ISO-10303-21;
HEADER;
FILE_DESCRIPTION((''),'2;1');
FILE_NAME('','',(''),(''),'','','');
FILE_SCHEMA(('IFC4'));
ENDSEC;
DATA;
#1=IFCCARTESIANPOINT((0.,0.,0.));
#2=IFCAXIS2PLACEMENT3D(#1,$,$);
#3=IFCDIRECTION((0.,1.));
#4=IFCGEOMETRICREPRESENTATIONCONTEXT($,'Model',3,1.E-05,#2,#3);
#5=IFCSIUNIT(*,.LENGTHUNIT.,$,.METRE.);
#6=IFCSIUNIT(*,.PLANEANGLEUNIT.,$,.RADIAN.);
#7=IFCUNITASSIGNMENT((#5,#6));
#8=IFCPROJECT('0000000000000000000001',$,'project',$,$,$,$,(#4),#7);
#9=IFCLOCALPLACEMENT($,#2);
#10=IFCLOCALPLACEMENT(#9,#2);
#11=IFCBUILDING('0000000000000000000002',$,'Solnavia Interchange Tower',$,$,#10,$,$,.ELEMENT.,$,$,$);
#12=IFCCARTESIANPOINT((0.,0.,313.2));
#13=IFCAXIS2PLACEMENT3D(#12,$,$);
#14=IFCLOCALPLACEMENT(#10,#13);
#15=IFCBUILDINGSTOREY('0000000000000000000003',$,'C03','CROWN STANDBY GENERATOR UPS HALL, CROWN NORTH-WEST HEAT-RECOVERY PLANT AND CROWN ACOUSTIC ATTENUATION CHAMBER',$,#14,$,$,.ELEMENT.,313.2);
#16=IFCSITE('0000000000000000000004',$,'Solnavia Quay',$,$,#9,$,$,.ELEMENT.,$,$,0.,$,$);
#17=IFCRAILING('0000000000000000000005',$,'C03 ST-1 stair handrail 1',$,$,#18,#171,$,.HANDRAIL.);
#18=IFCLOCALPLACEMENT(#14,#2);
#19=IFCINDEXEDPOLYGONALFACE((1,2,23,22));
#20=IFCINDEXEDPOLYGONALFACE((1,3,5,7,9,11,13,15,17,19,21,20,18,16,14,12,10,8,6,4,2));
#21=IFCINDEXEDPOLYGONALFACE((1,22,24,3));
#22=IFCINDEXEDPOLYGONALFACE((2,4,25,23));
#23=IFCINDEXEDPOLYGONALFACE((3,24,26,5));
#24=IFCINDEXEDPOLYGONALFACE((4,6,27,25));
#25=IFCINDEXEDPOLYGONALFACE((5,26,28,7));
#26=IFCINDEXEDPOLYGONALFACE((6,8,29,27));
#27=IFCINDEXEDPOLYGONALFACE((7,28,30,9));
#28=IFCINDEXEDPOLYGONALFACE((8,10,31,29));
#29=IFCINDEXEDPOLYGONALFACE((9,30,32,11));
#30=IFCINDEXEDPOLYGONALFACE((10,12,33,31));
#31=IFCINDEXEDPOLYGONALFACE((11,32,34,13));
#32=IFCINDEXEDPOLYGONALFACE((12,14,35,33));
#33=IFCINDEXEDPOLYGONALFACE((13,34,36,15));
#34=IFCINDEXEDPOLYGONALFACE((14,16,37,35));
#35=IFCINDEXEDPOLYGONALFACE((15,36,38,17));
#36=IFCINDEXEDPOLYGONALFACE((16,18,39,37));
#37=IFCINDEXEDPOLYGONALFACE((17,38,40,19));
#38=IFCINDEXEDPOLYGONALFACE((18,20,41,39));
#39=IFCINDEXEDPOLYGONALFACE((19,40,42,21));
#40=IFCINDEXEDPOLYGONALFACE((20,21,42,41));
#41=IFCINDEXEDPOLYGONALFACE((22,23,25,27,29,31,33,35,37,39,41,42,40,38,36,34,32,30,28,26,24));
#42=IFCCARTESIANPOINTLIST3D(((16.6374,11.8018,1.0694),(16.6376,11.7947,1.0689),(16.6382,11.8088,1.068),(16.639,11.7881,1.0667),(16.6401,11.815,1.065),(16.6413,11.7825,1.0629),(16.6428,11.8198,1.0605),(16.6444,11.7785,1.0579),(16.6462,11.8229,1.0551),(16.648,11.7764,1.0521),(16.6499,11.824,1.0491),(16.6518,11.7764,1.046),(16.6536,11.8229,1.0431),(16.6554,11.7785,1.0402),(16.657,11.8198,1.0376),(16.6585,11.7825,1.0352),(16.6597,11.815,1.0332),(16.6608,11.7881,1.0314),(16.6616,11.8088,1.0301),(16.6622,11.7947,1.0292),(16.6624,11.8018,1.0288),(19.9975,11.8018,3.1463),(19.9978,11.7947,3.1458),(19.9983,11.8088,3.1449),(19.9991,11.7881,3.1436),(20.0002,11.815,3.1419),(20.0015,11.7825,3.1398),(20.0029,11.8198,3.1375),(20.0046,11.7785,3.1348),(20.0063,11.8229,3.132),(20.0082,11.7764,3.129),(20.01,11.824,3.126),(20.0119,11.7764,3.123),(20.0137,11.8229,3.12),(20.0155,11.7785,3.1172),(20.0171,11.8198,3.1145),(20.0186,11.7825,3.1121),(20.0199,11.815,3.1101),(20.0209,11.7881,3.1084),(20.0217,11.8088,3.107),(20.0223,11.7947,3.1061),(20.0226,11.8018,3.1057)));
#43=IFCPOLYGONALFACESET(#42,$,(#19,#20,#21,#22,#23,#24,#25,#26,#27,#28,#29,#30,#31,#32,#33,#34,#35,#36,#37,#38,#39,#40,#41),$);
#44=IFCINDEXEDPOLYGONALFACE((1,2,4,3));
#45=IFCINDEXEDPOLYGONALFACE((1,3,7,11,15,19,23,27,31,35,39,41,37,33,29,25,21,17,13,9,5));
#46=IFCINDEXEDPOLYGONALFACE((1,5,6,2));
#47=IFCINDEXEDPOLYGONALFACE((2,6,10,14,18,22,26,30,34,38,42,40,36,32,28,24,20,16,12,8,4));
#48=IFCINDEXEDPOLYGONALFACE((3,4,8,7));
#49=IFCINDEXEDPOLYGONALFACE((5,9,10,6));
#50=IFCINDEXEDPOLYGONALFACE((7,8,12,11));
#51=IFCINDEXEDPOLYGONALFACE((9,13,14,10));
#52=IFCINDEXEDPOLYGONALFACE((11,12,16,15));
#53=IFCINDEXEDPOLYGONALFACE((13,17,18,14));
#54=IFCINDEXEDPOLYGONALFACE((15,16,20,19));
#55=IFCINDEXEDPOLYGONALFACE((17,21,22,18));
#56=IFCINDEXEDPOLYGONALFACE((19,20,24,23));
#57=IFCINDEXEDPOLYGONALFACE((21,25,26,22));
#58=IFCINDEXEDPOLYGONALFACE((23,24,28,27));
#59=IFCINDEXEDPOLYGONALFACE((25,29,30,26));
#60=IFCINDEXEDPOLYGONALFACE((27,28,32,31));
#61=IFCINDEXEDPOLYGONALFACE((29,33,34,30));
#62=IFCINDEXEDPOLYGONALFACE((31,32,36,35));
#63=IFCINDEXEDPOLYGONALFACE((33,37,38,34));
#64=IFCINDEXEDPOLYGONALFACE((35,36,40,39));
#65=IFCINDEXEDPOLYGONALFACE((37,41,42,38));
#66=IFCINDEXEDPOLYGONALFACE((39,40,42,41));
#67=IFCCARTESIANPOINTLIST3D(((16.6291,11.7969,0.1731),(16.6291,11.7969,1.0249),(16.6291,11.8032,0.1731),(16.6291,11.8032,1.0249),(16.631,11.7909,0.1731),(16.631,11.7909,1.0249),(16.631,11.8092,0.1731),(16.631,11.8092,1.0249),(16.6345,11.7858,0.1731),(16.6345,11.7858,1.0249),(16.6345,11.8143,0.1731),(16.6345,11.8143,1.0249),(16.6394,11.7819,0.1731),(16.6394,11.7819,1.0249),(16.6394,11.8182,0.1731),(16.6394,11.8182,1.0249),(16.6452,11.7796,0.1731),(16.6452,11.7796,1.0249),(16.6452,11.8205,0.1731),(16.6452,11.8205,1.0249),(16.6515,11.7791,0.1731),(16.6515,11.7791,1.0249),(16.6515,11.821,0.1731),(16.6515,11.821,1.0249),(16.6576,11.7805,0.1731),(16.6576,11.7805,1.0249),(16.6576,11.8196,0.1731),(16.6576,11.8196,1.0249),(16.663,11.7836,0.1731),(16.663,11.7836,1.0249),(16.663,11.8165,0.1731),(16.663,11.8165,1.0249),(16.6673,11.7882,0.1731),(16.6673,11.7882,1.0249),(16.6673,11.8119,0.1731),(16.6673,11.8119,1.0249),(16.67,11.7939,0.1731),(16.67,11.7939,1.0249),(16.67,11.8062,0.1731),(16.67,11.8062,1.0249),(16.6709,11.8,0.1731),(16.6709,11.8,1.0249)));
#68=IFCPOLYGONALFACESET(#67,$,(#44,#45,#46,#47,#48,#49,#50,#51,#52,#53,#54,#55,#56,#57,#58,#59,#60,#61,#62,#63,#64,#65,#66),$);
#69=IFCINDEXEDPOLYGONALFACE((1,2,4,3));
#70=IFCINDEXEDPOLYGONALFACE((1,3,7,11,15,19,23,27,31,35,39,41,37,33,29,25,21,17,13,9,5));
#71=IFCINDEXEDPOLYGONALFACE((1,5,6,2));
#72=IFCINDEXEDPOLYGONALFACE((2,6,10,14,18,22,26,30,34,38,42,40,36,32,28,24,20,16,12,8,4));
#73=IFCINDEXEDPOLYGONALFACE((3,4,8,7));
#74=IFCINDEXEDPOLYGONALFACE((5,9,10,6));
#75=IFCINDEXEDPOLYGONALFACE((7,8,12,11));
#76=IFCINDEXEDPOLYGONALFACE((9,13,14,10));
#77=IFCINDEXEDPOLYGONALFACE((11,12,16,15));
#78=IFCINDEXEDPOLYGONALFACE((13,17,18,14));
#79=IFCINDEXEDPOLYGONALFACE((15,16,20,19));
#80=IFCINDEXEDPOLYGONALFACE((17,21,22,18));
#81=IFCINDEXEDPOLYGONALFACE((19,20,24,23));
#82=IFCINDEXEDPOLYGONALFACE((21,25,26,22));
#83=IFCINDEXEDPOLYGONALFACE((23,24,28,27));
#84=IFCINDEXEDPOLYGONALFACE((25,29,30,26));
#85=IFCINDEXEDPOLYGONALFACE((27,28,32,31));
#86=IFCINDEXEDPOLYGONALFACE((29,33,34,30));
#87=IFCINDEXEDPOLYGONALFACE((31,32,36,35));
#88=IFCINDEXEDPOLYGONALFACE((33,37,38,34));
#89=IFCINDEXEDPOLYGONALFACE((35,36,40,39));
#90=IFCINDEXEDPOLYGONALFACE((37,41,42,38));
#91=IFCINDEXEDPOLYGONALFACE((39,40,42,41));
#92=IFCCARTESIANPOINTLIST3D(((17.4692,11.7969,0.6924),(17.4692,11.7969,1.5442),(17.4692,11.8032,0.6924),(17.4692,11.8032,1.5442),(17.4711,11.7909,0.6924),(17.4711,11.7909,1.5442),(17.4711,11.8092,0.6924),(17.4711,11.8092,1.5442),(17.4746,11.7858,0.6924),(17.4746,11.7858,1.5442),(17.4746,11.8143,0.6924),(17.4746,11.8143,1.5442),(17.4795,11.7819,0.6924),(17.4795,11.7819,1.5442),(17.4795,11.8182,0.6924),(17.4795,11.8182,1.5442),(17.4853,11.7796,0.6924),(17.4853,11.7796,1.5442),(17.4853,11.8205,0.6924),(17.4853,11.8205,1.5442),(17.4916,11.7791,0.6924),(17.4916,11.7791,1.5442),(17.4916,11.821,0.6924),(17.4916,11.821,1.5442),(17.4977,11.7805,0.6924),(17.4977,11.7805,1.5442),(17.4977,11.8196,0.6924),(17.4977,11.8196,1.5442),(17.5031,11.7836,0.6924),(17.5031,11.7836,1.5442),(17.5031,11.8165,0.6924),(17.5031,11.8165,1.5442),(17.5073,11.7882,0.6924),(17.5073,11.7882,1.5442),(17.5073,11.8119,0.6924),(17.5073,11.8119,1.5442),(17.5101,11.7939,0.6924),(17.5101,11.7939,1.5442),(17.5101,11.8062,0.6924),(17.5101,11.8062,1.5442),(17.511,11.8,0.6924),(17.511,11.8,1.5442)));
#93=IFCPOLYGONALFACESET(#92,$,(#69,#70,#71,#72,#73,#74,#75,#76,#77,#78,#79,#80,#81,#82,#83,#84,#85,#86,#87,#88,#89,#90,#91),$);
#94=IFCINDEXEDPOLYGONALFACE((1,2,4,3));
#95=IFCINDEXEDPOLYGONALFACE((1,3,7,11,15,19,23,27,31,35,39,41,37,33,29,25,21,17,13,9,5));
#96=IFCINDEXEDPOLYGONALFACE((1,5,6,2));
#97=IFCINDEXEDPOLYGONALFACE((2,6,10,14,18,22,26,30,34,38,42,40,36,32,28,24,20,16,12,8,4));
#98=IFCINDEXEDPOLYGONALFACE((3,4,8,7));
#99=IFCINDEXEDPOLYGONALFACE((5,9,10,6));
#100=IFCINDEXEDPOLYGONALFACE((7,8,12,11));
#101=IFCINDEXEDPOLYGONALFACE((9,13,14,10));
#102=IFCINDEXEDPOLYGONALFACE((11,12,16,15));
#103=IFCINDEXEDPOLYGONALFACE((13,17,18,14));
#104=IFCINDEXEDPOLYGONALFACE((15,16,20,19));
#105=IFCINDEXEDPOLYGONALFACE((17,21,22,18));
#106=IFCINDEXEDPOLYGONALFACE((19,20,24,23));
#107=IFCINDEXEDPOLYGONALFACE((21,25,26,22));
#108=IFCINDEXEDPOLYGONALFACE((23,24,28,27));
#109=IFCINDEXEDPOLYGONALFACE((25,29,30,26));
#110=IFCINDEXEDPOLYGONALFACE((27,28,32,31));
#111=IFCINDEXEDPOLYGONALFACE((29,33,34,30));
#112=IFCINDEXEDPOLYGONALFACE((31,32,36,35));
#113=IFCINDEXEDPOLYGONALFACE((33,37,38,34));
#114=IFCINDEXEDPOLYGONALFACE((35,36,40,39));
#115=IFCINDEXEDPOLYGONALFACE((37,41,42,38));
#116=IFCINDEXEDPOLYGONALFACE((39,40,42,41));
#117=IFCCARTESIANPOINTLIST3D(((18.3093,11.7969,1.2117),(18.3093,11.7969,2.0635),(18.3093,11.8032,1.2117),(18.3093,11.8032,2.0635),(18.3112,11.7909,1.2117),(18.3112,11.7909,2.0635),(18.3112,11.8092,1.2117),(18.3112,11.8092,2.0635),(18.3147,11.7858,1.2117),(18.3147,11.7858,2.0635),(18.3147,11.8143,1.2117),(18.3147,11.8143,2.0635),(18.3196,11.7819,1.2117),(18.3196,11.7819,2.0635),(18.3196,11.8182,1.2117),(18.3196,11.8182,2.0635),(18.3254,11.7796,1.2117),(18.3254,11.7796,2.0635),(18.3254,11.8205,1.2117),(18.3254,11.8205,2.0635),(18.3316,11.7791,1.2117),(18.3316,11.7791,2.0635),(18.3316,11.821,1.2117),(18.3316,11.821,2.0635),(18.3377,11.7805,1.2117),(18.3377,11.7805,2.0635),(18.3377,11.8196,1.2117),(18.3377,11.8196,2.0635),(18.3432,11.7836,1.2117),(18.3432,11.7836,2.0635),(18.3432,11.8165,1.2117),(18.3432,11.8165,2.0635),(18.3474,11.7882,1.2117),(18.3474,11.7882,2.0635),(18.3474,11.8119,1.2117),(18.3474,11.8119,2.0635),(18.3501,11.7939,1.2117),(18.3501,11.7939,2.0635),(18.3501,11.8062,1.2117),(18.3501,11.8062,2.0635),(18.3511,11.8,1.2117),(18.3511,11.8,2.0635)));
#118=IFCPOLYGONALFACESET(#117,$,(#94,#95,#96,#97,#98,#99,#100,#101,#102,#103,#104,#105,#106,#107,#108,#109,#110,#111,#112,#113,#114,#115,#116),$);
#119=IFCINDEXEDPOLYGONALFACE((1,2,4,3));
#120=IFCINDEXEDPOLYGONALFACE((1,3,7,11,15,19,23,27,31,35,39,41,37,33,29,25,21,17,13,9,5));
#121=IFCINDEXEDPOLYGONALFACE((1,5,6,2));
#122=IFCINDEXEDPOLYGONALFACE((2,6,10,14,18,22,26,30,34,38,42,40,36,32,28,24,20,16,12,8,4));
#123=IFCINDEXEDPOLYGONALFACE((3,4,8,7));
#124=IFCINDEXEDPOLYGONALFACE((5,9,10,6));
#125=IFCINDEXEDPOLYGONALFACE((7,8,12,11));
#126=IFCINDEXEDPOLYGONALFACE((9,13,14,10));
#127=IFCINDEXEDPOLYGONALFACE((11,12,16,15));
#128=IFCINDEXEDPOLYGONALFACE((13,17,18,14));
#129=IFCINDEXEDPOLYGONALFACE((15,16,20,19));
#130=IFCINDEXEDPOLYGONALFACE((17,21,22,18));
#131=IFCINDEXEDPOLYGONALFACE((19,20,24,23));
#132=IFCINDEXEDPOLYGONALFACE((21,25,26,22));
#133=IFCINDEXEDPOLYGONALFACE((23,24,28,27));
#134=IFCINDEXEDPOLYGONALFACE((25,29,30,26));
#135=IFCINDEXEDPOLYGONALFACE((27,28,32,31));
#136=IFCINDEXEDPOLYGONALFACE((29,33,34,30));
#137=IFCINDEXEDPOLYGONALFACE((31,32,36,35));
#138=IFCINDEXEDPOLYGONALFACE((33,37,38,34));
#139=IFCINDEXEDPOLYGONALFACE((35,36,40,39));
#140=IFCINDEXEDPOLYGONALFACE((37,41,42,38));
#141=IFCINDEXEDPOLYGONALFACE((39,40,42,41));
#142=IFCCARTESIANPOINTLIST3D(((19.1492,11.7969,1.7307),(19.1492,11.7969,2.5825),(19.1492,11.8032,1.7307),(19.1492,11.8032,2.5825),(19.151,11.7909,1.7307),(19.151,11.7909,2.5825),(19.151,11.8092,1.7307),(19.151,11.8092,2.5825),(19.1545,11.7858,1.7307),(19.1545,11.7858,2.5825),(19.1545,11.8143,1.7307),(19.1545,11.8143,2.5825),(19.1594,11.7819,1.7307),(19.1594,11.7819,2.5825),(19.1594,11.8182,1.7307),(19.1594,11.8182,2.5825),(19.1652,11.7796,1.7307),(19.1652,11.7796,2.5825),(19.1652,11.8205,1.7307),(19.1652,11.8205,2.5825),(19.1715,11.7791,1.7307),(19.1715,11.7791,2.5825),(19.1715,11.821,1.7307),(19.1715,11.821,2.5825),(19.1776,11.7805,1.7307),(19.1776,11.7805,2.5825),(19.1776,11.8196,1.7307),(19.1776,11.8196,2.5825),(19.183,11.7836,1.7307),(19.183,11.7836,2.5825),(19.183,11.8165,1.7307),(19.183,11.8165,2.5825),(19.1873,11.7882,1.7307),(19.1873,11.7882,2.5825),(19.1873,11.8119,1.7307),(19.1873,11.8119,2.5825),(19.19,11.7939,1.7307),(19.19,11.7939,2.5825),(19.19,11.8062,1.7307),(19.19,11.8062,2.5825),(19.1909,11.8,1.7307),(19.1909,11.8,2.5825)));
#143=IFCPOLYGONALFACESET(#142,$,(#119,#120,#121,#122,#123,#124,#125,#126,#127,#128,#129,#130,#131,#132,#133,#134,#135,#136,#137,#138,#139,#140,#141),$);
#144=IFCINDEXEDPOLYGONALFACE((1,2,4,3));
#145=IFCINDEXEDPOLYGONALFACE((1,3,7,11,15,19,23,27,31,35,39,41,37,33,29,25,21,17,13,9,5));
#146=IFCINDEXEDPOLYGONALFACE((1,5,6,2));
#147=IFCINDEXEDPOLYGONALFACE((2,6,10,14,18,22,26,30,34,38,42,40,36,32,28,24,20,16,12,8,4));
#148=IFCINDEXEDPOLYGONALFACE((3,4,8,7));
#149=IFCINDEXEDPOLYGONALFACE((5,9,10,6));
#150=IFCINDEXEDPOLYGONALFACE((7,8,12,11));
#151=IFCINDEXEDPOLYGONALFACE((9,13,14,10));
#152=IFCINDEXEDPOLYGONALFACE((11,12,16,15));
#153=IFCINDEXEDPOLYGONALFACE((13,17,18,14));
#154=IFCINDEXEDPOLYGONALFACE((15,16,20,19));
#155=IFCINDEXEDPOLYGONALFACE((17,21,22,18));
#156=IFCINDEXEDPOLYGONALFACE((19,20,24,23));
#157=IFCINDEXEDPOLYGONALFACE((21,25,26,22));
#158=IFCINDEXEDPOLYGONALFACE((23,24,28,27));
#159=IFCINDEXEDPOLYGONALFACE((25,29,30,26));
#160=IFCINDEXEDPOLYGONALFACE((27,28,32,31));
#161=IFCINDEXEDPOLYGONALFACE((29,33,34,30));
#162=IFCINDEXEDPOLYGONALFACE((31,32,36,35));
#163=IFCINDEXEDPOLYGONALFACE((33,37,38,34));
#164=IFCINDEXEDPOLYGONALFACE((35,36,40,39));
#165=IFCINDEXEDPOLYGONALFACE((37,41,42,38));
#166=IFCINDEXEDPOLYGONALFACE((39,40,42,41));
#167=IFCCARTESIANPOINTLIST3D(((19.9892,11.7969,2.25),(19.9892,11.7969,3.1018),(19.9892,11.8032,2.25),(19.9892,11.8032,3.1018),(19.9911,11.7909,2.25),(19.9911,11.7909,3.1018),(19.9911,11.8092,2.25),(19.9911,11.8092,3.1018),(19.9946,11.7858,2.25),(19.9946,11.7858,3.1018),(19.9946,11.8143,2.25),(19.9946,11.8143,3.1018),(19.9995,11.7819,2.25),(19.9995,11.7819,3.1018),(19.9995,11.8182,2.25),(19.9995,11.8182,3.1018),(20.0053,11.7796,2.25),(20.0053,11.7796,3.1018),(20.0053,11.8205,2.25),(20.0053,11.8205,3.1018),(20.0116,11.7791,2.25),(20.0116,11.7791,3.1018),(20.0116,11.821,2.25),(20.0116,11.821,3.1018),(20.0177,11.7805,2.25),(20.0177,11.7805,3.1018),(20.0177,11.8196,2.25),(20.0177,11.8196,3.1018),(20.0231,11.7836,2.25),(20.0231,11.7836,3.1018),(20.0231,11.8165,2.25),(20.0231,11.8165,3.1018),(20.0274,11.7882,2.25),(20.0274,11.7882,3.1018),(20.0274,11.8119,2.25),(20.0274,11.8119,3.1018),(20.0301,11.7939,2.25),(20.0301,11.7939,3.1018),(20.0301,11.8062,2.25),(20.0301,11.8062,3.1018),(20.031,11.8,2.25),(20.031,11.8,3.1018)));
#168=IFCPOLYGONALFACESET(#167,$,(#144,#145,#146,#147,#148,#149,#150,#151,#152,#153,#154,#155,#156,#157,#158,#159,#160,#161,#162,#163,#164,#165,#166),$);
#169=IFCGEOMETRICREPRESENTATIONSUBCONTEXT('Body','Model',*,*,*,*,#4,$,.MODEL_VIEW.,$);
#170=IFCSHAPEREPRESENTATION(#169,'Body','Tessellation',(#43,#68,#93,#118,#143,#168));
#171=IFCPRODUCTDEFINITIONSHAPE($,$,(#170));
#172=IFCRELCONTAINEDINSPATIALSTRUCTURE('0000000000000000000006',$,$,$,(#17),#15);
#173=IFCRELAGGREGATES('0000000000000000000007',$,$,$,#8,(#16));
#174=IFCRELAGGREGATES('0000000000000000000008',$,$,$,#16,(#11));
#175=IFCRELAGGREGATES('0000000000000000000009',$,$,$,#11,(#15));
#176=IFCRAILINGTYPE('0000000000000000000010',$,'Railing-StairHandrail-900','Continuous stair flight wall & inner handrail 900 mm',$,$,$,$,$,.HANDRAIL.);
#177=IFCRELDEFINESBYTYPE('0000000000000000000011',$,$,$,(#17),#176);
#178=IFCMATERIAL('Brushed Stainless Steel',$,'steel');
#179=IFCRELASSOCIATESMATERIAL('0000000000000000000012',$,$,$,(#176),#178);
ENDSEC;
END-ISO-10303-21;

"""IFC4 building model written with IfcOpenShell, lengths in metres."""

from ifc_helpers import new_model, si_unit, direction, frame, origin, origin_2d, place, context, subcontext, project, spatial, circle, extrude, material, type_object, element, save


model = new_model("IFC4")

# Units and contexts
model_context = context("Model", 3, precision=1e-05, world=origin(), true_north=direction((0.0, 1.0)))
body_context = subcontext(model_context, "Body", "Model", "MODEL_VIEW")
ifc_project = project(units=[si_unit("LENGTHUNIT", "METRE"), si_unit("PLANEANGLEUNIT", "RADIAN")], contexts=[model_context])

# Site, building, storey
site_placement = place(None, origin())
site = spatial("IfcSite", under=ifc_project, at=site_placement, Name="Solnavia Quay", CompositionType="ELEMENT", RefElevation=0.0)
building_placement = place(site_placement, origin())
building = spatial("IfcBuilding", under=site, at=building_placement, Name="Solnavia Interchange Tower", CompositionType="ELEMENT")
storey_placement = place(building_placement, frame((0.0, 0.0, 313.2)))
storey = spatial("IfcBuildingStorey", under=building, at=storey_placement, Name="C03", Description="CROWN STANDBY GENERATOR UPS HALL, CROWN NORTH-WEST HEAT-RECOVERY PLANT AND CROWN ACOUSTIC ATTENUATION CHAMBER", CompositionType="ELEMENT", Elevation=313.2)

# Railing
ifc_material_1 = material(Name="Brushed Stainless Steel", Category="steel")
railing_type_1 = type_object("IfcRailingType", Name="Railing-StairHandrail-900", Description="Continuous stair flight wall & inner handrail 900 mm", PredefinedType="HANDRAIL", material=ifc_material_1)
railing_1_placement = place(storey_placement, frame((16.6499, 11.8, 0.1731)))
element("IfcRailing", 1, at=railing_1_placement, inside=storey, type_object=railing_type_1, Name="C03 ST-1 stair handrail 1", PredefinedType="HANDRAIL", context=body_context, shape_type="SweptSolid", body=[
    extrude(circle(Radius=0.0239, at=origin_2d()), frame((0.0, 0.0, 0.876), z_axis=(0.850623, 0.0, 0.525776), x_axis=(0.0, 1.0, 0.0)), (0.0, 0.0, 1.0), 3.9502),
    extrude(circle(Radius=0.021, at=origin_2d()), origin(), (0.0, 0.0, 1.0), 0.8518),
    extrude(circle(Radius=0.021, at=origin_2d()), frame((0.8401, 0.0, 0.5193)), (0.0, 0.0, 1.0), 0.8518),
    extrude(circle(Radius=0.021, at=origin_2d()), frame((1.6802, 0.0, 1.0386)), (0.0, 0.0, 1.0), 0.8518),
    extrude(circle(Radius=0.021, at=origin_2d()), frame((2.52, 0.0, 1.5576)), (0.0, 0.0, 1.0), 0.8518),
    extrude(circle(Radius=0.021, at=origin_2d()), frame((3.3601, 0.0, 2.0769)), (0.0, 0.0, 1.0), 0.8518),
])

save(model, "model.ifc")
